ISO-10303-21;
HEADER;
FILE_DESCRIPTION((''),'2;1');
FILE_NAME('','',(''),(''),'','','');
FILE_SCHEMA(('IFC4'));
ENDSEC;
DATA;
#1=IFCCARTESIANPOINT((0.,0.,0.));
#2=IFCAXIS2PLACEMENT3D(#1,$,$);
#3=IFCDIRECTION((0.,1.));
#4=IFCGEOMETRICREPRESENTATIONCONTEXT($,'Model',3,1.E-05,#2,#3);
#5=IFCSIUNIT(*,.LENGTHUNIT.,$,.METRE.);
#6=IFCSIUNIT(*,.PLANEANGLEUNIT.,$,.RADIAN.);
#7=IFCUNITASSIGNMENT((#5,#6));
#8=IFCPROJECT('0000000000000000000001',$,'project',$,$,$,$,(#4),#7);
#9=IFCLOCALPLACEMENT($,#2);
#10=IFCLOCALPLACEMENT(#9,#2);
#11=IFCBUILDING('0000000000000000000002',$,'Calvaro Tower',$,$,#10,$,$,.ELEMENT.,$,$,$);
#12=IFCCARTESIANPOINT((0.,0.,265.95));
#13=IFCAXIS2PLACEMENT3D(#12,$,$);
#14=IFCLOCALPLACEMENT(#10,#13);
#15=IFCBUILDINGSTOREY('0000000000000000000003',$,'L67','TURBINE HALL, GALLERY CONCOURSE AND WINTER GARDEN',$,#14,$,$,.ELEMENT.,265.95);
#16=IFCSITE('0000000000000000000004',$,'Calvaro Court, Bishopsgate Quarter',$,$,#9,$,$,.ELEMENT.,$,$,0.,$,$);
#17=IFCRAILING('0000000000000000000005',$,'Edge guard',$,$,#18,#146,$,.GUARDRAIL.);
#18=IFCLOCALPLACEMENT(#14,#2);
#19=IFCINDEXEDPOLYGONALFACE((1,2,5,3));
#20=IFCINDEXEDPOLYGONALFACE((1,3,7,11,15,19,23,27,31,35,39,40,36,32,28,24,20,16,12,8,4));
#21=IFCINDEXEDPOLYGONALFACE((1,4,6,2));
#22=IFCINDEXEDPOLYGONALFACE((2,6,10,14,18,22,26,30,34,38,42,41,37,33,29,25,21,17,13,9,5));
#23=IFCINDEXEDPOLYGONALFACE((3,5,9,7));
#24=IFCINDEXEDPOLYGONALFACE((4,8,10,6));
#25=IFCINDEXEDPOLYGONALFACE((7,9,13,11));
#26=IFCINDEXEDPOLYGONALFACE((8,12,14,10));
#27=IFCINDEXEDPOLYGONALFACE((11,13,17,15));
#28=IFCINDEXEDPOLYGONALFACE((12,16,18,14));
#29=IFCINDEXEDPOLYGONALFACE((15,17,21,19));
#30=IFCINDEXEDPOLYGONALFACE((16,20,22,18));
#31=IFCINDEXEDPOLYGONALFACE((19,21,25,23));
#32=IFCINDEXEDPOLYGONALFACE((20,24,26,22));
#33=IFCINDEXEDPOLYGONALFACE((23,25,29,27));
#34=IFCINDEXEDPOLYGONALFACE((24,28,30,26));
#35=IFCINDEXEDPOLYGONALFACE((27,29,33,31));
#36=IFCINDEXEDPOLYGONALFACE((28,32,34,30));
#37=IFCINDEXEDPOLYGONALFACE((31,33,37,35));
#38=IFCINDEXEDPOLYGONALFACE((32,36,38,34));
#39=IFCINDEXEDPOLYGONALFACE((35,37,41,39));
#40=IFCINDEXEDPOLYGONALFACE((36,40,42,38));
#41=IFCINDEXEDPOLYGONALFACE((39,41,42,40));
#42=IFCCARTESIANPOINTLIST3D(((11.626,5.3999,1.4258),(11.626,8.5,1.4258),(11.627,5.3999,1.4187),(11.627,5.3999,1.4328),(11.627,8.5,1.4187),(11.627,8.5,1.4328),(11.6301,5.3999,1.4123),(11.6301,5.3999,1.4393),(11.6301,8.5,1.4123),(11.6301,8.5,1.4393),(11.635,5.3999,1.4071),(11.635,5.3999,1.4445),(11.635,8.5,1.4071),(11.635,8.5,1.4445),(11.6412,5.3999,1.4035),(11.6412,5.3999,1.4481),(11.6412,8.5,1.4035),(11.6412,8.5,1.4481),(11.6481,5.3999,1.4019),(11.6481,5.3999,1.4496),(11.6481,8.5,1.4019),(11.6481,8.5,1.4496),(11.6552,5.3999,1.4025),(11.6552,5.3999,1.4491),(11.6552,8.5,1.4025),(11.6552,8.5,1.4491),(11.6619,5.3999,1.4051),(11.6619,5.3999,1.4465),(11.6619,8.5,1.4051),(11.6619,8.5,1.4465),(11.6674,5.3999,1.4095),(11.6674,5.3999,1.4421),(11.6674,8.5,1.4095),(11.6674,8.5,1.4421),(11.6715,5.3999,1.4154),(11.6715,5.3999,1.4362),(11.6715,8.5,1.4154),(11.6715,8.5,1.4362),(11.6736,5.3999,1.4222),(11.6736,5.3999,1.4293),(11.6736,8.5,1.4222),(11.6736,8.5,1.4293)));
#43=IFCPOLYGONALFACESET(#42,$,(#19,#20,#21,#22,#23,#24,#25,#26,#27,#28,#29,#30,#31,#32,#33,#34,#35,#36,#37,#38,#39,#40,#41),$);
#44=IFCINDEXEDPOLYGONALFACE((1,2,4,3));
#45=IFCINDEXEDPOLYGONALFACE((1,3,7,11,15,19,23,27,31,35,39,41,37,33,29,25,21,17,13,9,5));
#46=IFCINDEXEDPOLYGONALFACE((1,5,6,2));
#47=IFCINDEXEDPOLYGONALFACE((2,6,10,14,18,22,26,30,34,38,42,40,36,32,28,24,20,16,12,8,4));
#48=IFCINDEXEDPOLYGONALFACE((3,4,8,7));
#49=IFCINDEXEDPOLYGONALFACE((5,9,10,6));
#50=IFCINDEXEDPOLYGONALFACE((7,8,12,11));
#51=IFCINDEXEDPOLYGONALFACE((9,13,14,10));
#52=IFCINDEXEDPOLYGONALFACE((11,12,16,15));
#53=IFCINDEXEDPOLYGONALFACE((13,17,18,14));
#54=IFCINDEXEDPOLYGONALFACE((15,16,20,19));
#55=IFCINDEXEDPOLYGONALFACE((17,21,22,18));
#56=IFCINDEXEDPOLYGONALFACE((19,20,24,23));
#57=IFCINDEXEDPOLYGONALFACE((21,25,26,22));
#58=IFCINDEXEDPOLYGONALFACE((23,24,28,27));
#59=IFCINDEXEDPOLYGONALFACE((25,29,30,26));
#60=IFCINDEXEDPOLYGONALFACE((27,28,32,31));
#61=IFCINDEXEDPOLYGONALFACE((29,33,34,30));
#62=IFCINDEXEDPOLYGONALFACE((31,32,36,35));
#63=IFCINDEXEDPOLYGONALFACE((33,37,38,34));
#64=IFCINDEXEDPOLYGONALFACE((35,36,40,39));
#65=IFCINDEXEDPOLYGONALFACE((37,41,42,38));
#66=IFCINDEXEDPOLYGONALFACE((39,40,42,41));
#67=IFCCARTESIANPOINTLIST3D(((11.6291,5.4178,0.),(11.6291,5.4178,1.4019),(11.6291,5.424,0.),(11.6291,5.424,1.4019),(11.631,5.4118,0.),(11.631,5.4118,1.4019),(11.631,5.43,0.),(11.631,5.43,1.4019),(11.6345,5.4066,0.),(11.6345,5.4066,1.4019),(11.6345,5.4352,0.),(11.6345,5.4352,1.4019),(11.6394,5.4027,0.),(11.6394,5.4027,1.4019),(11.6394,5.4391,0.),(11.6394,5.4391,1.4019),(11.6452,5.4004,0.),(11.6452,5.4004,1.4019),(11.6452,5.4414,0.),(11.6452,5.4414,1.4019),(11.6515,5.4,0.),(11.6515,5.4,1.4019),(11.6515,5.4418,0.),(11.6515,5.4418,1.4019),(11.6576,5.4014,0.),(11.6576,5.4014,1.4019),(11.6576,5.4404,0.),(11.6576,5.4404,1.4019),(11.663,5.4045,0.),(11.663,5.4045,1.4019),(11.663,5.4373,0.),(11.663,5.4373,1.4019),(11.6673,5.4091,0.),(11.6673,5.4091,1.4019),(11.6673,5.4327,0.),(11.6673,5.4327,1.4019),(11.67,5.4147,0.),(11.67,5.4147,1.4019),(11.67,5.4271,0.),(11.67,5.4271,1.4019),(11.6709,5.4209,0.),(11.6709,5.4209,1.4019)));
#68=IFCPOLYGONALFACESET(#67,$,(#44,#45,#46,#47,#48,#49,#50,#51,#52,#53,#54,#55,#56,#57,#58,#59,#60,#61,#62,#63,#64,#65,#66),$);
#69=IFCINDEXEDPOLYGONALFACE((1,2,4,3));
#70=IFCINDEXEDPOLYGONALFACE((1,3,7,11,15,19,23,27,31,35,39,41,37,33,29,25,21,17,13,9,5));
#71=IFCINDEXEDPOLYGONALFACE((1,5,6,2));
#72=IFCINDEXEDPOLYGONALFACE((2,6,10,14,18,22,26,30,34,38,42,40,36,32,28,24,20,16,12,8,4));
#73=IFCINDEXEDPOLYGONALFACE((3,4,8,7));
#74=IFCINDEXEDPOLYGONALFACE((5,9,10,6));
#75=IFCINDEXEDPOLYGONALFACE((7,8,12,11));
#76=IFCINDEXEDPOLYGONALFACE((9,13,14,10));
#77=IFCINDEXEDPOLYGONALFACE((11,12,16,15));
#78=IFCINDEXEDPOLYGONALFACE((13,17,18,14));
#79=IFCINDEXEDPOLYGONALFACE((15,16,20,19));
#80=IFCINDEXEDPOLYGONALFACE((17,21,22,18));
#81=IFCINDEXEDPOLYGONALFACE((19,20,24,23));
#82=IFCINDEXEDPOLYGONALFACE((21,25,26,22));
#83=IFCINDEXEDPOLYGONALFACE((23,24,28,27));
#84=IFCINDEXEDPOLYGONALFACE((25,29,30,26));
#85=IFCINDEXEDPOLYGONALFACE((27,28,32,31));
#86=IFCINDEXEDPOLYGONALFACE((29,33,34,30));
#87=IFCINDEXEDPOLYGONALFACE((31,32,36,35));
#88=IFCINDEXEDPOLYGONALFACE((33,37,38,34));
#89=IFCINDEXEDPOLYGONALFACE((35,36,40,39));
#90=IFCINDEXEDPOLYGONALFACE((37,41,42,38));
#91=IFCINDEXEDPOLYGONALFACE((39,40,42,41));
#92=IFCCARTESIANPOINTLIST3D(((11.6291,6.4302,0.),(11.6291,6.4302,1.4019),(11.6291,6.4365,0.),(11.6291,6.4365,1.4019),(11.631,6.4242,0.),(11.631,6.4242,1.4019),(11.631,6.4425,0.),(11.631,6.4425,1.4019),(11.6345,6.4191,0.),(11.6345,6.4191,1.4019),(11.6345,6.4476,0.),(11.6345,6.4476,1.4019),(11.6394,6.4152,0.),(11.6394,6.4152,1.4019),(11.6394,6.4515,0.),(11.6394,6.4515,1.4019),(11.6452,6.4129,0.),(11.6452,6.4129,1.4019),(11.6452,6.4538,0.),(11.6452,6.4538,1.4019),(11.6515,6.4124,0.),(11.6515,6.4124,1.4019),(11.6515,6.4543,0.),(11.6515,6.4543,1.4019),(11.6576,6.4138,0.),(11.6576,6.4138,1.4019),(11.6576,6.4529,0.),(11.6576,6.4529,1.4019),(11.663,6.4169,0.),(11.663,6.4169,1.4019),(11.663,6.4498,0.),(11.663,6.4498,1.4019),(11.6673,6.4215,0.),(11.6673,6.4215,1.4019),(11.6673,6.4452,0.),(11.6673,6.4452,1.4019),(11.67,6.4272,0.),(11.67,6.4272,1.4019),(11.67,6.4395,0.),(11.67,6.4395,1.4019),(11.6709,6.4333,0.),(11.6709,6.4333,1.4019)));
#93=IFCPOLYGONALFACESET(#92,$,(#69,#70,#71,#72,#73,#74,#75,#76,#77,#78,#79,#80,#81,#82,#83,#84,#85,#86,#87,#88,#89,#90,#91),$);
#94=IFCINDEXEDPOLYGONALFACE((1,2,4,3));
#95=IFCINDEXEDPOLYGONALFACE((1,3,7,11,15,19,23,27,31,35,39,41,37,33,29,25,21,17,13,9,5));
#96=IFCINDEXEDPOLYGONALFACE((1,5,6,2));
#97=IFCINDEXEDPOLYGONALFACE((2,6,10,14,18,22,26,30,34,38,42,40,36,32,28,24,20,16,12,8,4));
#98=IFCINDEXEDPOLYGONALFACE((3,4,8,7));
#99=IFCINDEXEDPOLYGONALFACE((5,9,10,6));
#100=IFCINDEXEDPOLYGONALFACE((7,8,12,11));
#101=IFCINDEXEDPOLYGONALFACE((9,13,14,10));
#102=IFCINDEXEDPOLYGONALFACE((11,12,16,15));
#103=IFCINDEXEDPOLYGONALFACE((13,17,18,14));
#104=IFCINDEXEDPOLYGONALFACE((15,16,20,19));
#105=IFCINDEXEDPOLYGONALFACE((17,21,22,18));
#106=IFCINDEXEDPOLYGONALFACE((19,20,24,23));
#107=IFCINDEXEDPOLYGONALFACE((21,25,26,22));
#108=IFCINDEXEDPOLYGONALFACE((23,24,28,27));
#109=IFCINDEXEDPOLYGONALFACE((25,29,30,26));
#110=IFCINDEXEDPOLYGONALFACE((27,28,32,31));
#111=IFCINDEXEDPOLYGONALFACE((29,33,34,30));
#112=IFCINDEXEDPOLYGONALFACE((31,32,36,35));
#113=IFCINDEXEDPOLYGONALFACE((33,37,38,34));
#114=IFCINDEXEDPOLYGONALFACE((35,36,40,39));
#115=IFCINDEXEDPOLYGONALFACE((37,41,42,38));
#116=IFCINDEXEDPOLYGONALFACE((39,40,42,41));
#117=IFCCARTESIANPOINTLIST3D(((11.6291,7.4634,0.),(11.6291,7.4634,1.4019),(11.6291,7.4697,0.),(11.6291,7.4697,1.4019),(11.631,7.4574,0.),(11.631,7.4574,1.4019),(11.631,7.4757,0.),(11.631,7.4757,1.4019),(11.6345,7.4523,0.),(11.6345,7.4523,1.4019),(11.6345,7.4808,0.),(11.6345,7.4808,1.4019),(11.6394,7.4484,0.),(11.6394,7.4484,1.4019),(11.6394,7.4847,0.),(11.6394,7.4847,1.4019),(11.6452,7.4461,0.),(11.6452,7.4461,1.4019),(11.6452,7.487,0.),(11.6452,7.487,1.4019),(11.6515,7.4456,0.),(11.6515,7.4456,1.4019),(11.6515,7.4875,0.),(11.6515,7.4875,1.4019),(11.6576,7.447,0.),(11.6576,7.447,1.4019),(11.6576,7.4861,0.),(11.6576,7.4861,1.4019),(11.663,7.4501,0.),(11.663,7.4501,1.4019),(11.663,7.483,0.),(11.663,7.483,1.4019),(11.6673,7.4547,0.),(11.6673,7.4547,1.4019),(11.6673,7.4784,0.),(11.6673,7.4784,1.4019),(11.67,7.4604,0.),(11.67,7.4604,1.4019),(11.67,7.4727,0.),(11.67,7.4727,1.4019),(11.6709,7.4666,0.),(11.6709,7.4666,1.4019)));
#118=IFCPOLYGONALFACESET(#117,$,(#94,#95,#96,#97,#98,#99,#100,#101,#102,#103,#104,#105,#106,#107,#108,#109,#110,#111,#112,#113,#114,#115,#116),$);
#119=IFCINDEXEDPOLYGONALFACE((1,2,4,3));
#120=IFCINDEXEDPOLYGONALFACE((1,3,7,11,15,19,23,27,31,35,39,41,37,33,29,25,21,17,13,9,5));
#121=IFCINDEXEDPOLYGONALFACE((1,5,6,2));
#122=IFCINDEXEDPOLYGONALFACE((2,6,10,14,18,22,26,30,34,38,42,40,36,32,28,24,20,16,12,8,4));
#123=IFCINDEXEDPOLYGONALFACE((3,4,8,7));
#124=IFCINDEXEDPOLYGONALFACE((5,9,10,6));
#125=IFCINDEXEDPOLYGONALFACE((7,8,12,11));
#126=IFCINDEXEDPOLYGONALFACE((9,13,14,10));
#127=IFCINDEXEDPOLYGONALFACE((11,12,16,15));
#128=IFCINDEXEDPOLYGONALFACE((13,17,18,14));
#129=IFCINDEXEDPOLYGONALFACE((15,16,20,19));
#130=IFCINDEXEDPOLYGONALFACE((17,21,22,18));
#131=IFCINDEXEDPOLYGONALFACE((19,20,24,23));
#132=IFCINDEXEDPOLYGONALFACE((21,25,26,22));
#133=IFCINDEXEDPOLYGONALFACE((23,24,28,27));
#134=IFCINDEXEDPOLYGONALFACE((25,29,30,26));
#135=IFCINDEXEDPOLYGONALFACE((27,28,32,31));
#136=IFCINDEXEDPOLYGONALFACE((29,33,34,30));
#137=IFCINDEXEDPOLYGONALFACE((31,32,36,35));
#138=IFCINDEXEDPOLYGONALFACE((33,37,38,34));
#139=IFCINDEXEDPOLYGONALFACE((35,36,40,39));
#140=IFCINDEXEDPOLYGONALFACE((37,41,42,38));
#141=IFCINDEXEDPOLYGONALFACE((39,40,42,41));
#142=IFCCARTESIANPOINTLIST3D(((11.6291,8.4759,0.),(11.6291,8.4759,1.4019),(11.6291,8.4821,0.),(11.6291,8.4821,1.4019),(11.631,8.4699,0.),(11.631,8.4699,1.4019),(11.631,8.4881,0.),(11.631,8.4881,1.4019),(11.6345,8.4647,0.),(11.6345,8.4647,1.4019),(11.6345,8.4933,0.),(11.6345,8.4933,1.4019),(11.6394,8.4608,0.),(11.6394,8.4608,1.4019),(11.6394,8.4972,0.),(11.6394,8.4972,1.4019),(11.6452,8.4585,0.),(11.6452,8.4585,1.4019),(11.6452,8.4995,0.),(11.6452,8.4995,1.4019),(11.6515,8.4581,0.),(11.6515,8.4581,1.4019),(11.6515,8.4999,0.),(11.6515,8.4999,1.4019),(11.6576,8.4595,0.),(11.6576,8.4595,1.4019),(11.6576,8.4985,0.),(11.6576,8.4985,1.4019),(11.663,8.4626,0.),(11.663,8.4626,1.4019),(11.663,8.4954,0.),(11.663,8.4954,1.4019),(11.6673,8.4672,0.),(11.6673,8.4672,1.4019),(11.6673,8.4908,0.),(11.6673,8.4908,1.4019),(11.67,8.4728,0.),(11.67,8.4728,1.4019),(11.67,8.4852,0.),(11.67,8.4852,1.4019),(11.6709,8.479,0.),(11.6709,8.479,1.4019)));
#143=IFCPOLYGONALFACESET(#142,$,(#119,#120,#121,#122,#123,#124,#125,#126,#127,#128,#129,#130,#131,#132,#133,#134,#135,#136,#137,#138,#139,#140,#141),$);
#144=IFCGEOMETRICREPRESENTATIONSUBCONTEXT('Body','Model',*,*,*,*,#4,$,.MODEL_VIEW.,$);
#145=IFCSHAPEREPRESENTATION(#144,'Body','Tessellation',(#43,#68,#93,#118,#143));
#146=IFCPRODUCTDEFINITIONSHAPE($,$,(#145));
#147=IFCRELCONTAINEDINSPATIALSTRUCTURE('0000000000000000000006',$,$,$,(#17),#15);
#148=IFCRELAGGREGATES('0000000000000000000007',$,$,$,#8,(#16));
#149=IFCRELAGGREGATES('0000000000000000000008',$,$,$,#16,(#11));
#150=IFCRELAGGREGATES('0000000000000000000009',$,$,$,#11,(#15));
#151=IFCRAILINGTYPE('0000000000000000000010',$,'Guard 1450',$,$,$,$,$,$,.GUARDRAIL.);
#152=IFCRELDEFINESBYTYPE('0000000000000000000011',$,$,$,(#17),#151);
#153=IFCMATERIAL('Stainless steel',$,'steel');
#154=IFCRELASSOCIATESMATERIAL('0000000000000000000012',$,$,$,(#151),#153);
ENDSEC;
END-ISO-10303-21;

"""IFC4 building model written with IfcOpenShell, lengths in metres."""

from ifc_helpers import new_model, si_unit, direction, frame, origin, origin_2d, place, context, subcontext, project, spatial, circle, extrude, material, type_object, element, save


model = new_model("IFC4")

# Units and contexts
model_context = context("Model", 3, precision=1e-05, world=origin(), true_north=direction((0.0, 1.0)))
body_context = subcontext(model_context, "Body", "Model", "MODEL_VIEW")
ifc_project = project(units=[si_unit("LENGTHUNIT", "METRE"), si_unit("PLANEANGLEUNIT", "RADIAN")], contexts=[model_context])

# Site, building, storey
site_placement = place(None, origin())
site = spatial("IfcSite", under=ifc_project, at=site_placement, Name="Calvaro Court, Bishopsgate Quarter", CompositionType="ELEMENT", RefElevation=0.0)
building_placement = place(site_placement, origin())
building = spatial("IfcBuilding", under=site, at=building_placement, Name="Calvaro Tower", CompositionType="ELEMENT")
storey_placement = place(building_placement, frame((0.0, 0.0, 265.95)))
storey = spatial("IfcBuildingStorey", under=building, at=storey_placement, Name="L67", Description="TURBINE HALL, GALLERY CONCOURSE AND WINTER GARDEN", CompositionType="ELEMENT", Elevation=265.95)

# Railing
ifc_material_1 = material(Name="Stainless steel", Category="steel")
railing_type = type_object("IfcRailingType", Name="Guard 1450", PredefinedType="GUARDRAIL", material=ifc_material_1)
railing_1_placement = place(storey_placement, frame((11.6499, 5.3999, 0.0)))
element("IfcRailing", 1, at=railing_1_placement, inside=storey, type_object=railing_type, Name="Edge guard", PredefinedType="GUARDRAIL", context=body_context, shape_type="SweptSolid", body=[
    extrude(circle(Radius=0.0239, at=origin_2d()), frame((0.0, 0.0, 1.4258), z_axis=(0.0, 1.0, 0.0), x_axis=(-1.0, 0.0, 0.0)), (0.0, 0.0, 1.0), 3.1001),
    extrude(circle(Radius=0.021, at=origin_2d()), frame((0.0, 0.021, 0.0)), (0.0, 0.0, 1.0), 1.4019),
    extrude(circle(Radius=0.021, at=origin_2d()), frame((0.0, 1.0334, 0.0)), (0.0, 0.0, 1.0), 1.4019),
    extrude(circle(Radius=0.021, at=origin_2d()), frame((0.0, 2.0667, 0.0)), (0.0, 0.0, 1.0), 1.4019),
    extrude(circle(Radius=0.021, at=origin_2d()), frame((0.0, 3.0791, 0.0)), (0.0, 0.0, 1.0), 1.4019),
])

save(model, "model.ifc")
